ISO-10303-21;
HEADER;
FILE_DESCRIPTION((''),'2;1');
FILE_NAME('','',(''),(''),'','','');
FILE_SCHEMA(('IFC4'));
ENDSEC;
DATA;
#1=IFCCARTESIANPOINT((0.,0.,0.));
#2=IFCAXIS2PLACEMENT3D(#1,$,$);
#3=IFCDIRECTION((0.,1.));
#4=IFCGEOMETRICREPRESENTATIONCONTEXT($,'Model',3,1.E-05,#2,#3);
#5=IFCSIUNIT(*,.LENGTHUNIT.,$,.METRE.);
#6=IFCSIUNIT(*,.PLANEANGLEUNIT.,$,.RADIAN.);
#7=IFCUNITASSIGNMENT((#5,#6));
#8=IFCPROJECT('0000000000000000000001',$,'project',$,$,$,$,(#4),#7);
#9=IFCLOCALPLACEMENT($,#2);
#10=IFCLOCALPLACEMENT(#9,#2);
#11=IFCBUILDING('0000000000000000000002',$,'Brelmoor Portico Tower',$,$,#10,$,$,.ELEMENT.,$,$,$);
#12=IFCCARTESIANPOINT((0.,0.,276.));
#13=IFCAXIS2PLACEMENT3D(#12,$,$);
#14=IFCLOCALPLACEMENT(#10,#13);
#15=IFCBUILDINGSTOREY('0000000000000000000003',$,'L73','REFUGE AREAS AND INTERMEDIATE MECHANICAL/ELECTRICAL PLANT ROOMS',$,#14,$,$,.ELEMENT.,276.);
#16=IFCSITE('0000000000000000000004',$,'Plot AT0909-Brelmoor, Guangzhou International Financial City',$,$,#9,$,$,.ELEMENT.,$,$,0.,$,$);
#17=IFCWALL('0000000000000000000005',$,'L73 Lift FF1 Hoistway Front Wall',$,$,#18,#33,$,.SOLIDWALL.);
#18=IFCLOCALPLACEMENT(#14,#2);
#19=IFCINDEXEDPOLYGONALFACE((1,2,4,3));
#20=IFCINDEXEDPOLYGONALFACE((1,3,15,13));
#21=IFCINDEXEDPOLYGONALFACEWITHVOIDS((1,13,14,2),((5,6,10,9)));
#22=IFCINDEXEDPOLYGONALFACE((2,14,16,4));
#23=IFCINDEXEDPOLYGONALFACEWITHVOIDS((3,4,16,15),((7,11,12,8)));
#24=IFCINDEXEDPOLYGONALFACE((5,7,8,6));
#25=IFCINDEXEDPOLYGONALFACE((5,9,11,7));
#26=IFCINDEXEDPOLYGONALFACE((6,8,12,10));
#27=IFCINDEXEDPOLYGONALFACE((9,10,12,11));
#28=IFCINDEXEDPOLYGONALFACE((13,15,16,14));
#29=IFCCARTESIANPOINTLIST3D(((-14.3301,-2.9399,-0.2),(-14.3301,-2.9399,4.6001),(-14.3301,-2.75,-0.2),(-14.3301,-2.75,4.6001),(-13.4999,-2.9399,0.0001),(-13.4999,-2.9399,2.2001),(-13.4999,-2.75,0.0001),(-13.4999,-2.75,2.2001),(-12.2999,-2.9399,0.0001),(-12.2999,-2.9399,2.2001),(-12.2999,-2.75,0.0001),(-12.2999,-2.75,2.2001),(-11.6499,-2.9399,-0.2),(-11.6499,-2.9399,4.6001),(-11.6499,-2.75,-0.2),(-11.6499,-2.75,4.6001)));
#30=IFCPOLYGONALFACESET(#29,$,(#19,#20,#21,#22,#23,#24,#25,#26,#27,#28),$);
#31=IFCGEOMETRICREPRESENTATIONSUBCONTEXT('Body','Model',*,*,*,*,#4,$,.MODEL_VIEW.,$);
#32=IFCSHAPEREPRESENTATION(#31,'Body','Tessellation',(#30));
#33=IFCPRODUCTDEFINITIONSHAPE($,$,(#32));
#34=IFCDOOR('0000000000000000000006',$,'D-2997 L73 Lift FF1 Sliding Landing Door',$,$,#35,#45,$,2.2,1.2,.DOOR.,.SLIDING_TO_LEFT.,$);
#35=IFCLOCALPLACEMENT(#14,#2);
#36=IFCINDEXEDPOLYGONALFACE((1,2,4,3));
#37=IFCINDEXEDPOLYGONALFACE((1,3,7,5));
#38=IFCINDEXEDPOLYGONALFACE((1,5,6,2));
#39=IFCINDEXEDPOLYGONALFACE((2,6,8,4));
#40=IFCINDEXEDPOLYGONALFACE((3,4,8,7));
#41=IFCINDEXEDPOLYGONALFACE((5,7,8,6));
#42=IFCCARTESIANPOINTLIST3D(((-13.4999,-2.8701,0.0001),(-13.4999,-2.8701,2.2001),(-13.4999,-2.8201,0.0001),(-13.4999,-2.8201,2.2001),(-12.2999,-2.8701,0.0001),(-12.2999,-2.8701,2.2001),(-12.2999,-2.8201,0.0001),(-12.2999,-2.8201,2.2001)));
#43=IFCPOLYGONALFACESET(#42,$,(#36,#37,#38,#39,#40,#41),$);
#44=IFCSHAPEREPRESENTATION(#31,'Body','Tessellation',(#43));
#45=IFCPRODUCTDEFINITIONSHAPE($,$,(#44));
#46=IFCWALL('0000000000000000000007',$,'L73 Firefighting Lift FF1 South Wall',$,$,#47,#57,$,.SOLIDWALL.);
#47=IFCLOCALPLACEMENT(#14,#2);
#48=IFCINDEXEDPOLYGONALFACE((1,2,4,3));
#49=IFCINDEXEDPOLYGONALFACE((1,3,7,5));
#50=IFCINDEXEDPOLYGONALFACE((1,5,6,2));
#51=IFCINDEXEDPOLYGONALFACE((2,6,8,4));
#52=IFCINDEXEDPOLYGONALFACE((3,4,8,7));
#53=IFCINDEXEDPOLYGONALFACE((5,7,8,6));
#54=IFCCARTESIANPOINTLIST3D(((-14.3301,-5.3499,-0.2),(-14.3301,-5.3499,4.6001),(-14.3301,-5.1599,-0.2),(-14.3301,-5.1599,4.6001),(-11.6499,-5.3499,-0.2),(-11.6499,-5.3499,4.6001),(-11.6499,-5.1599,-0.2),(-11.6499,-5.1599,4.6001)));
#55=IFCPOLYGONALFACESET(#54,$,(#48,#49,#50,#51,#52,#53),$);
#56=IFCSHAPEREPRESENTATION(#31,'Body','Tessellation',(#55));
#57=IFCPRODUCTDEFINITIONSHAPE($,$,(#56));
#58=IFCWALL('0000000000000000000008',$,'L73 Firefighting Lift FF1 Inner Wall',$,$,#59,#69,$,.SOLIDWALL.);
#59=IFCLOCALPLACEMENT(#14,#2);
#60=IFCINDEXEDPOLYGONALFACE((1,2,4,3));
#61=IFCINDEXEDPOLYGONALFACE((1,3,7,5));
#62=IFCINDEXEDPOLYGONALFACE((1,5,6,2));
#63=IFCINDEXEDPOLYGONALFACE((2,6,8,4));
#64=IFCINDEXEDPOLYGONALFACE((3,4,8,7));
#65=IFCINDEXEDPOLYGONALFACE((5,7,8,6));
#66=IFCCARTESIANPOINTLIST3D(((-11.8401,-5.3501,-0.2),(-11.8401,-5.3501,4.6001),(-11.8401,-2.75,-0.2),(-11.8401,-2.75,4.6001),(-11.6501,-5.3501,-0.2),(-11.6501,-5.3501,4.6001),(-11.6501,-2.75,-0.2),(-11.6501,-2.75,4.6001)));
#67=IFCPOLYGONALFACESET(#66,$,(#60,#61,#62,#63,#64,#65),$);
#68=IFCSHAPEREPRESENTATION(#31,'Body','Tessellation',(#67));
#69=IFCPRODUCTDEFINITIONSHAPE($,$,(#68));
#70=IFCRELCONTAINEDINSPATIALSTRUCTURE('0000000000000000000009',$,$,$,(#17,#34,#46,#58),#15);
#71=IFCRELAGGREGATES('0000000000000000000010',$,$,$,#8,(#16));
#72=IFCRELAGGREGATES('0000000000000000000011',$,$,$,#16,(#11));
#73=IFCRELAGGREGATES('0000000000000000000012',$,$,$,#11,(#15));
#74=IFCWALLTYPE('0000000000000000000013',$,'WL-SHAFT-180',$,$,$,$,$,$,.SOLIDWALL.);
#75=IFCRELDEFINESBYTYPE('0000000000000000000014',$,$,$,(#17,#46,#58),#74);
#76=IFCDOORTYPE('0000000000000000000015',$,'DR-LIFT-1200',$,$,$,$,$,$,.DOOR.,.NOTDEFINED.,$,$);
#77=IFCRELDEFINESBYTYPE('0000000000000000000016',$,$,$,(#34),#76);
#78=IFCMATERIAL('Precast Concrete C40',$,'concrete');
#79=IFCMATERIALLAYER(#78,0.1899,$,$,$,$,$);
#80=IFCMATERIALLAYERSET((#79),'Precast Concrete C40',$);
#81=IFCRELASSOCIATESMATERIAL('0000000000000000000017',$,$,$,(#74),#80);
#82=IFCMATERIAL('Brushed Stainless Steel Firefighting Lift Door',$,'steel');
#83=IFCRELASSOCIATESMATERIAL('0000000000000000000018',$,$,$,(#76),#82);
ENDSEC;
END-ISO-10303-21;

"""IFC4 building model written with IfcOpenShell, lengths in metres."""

from ifc_helpers import new_model, si_unit, direction, frame, frame_2d, origin, place, context, subcontext, project, spatial, rectangle, extrude, material, layer, layer_set, type_object, element, fill, save


model = new_model("IFC4")

# Units and contexts
model_context = context("Model", 3, precision=1e-05, world=origin(), true_north=direction((0.0, 1.0)))
body_context = subcontext(model_context, "Body", "Model", "MODEL_VIEW")
ifc_project = project(units=[si_unit("LENGTHUNIT", "METRE"), si_unit("PLANEANGLEUNIT", "RADIAN")], contexts=[model_context])

# Site, building, storey
site_placement = place(None, origin())
site = spatial("IfcSite", under=ifc_project, at=site_placement, Name="Plot AT0909-Brelmoor, Guangzhou International Financial City", CompositionType="ELEMENT", RefElevation=0.0)
building_placement = place(site_placement, origin())
building = spatial("IfcBuilding", under=site, at=building_placement, Name="Brelmoor Portico Tower", CompositionType="ELEMENT")
storey_placement = place(building_placement, frame((0.0, 0.0, 276.0)))
storey = spatial("IfcBuildingStorey", under=building, at=storey_placement, Name="L73", Description="REFUGE AREAS AND INTERMEDIATE MECHANICAL/ELECTRICAL PLANT ROOMS", CompositionType="ELEMENT", Elevation=276.0)

# Wall, opening, door
ifc_material_1 = material(Name="Precast Concrete C40", Category="concrete")
ifc_layer_1 = layer(ifc_material_1, 0.1899)
ifc_layer_set_1 = layer_set([ifc_layer_1], Name="Precast Concrete C40")
wall_type_1 = type_object("IfcWallType", Name="WL-SHAFT-180", PredefinedType="SOLIDWALL", material=ifc_layer_set_1)
wall_1_placement = place(storey_placement, frame((-14.3301, -2.845, -0.2), z_axis=(0.0, 0.0, 1.0), x_axis=(1.0, 0.0, 0.0)))
wall_1 = element("IfcWall", 1, at=wall_1_placement, inside=storey, type_object=wall_type_1, Name="L73 Lift FF1 Hoistway Front Wall", PredefinedType="SOLIDWALL", context=body_context, shape_type="SweptSolid", body=[
    extrude(rectangle(XDim=2.6802, YDim=0.1899, at=frame_2d((1.3401, 0.0))), origin(), (0.0, 0.0, 1.0), 4.8),
])
opening_placement = place(wall_1_placement, frame((0.8301, 0.0, 0.2)))
opening = element("IfcOpeningElement", 2, at=opening_placement, cuts=wall_1, PredefinedType="OPENING", context=body_context, shape_type="SweptSolid", body=[
    extrude(rectangle(XDim=1.2, YDim=2.2, at=frame_2d((0.6001, 1.1001))), frame((0.0, 0.105, 0.0), z_axis=(0.0, -1.0, 0.0), x_axis=(1.0, 0.0, 0.0)), (0.0, 0.0, 1.0), 0.21),
])
ifc_material_2 = material(Name="Brushed Stainless Steel Firefighting Lift Door", Category="steel")
door_type = type_object("IfcDoorType", Name="DR-LIFT-1200", OperationType="NOTDEFINED", PredefinedType="DOOR", material=ifc_material_2)
door_placement = place(opening_placement, origin())
door = element("IfcDoor", 3, at=door_placement, inside=storey, type_object=door_type, Name="D-2997 L73 Lift FF1 Sliding Landing Door", OperationType="SLIDING_TO_LEFT", OverallHeight=2.2, OverallWidth=1.2, PredefinedType="DOOR", context=body_context, shape_type="SweptSolid", body=[
    extrude(rectangle(XDim=1.2, YDim=2.2, at=frame_2d((0.6001, 1.1001))), frame((0.0, 0.0249, 0.0), z_axis=(0.0, -1.0, 0.0), x_axis=(1.0, 0.0, 0.0)), (0.0, 0.0, 1.0), 0.05),
])
fill(opening, door)

# Walls
wall_2_placement = place(storey_placement, frame((-14.3301, -5.2549, -0.2), z_axis=(0.0, 0.0, 1.0), x_axis=(1.0, 0.0, 0.0)))
element("IfcWall", 4, at=wall_2_placement, inside=storey, type_object=wall_type_1, Name="L73 Firefighting Lift FF1 South Wall", PredefinedType="SOLIDWALL", context=body_context, shape_type="SweptSolid", body=[
    extrude(rectangle(XDim=2.6802, YDim=0.1899, at=frame_2d((1.3401, 0.0))), origin(), (0.0, 0.0, 1.0), 4.8),
])
wall_3_placement = place(storey_placement, frame((-11.7451, -5.3501, -0.2), z_axis=(0.0, 0.0, 1.0), x_axis=(0.0, 1.0, 0.0)))
element("IfcWall", 5, at=wall_3_placement, inside=storey, type_object=wall_type_1, Name="L73 Firefighting Lift FF1 Inner Wall", PredefinedType="SOLIDWALL", context=body_context, shape_type="SweptSolid", body=[
    extrude(rectangle(XDim=2.6001, YDim=0.1899, at=frame_2d((1.3, 0.0))), origin(), (0.0, 0.0, 1.0), 4.8),
])

save(model, "model.ifc")
